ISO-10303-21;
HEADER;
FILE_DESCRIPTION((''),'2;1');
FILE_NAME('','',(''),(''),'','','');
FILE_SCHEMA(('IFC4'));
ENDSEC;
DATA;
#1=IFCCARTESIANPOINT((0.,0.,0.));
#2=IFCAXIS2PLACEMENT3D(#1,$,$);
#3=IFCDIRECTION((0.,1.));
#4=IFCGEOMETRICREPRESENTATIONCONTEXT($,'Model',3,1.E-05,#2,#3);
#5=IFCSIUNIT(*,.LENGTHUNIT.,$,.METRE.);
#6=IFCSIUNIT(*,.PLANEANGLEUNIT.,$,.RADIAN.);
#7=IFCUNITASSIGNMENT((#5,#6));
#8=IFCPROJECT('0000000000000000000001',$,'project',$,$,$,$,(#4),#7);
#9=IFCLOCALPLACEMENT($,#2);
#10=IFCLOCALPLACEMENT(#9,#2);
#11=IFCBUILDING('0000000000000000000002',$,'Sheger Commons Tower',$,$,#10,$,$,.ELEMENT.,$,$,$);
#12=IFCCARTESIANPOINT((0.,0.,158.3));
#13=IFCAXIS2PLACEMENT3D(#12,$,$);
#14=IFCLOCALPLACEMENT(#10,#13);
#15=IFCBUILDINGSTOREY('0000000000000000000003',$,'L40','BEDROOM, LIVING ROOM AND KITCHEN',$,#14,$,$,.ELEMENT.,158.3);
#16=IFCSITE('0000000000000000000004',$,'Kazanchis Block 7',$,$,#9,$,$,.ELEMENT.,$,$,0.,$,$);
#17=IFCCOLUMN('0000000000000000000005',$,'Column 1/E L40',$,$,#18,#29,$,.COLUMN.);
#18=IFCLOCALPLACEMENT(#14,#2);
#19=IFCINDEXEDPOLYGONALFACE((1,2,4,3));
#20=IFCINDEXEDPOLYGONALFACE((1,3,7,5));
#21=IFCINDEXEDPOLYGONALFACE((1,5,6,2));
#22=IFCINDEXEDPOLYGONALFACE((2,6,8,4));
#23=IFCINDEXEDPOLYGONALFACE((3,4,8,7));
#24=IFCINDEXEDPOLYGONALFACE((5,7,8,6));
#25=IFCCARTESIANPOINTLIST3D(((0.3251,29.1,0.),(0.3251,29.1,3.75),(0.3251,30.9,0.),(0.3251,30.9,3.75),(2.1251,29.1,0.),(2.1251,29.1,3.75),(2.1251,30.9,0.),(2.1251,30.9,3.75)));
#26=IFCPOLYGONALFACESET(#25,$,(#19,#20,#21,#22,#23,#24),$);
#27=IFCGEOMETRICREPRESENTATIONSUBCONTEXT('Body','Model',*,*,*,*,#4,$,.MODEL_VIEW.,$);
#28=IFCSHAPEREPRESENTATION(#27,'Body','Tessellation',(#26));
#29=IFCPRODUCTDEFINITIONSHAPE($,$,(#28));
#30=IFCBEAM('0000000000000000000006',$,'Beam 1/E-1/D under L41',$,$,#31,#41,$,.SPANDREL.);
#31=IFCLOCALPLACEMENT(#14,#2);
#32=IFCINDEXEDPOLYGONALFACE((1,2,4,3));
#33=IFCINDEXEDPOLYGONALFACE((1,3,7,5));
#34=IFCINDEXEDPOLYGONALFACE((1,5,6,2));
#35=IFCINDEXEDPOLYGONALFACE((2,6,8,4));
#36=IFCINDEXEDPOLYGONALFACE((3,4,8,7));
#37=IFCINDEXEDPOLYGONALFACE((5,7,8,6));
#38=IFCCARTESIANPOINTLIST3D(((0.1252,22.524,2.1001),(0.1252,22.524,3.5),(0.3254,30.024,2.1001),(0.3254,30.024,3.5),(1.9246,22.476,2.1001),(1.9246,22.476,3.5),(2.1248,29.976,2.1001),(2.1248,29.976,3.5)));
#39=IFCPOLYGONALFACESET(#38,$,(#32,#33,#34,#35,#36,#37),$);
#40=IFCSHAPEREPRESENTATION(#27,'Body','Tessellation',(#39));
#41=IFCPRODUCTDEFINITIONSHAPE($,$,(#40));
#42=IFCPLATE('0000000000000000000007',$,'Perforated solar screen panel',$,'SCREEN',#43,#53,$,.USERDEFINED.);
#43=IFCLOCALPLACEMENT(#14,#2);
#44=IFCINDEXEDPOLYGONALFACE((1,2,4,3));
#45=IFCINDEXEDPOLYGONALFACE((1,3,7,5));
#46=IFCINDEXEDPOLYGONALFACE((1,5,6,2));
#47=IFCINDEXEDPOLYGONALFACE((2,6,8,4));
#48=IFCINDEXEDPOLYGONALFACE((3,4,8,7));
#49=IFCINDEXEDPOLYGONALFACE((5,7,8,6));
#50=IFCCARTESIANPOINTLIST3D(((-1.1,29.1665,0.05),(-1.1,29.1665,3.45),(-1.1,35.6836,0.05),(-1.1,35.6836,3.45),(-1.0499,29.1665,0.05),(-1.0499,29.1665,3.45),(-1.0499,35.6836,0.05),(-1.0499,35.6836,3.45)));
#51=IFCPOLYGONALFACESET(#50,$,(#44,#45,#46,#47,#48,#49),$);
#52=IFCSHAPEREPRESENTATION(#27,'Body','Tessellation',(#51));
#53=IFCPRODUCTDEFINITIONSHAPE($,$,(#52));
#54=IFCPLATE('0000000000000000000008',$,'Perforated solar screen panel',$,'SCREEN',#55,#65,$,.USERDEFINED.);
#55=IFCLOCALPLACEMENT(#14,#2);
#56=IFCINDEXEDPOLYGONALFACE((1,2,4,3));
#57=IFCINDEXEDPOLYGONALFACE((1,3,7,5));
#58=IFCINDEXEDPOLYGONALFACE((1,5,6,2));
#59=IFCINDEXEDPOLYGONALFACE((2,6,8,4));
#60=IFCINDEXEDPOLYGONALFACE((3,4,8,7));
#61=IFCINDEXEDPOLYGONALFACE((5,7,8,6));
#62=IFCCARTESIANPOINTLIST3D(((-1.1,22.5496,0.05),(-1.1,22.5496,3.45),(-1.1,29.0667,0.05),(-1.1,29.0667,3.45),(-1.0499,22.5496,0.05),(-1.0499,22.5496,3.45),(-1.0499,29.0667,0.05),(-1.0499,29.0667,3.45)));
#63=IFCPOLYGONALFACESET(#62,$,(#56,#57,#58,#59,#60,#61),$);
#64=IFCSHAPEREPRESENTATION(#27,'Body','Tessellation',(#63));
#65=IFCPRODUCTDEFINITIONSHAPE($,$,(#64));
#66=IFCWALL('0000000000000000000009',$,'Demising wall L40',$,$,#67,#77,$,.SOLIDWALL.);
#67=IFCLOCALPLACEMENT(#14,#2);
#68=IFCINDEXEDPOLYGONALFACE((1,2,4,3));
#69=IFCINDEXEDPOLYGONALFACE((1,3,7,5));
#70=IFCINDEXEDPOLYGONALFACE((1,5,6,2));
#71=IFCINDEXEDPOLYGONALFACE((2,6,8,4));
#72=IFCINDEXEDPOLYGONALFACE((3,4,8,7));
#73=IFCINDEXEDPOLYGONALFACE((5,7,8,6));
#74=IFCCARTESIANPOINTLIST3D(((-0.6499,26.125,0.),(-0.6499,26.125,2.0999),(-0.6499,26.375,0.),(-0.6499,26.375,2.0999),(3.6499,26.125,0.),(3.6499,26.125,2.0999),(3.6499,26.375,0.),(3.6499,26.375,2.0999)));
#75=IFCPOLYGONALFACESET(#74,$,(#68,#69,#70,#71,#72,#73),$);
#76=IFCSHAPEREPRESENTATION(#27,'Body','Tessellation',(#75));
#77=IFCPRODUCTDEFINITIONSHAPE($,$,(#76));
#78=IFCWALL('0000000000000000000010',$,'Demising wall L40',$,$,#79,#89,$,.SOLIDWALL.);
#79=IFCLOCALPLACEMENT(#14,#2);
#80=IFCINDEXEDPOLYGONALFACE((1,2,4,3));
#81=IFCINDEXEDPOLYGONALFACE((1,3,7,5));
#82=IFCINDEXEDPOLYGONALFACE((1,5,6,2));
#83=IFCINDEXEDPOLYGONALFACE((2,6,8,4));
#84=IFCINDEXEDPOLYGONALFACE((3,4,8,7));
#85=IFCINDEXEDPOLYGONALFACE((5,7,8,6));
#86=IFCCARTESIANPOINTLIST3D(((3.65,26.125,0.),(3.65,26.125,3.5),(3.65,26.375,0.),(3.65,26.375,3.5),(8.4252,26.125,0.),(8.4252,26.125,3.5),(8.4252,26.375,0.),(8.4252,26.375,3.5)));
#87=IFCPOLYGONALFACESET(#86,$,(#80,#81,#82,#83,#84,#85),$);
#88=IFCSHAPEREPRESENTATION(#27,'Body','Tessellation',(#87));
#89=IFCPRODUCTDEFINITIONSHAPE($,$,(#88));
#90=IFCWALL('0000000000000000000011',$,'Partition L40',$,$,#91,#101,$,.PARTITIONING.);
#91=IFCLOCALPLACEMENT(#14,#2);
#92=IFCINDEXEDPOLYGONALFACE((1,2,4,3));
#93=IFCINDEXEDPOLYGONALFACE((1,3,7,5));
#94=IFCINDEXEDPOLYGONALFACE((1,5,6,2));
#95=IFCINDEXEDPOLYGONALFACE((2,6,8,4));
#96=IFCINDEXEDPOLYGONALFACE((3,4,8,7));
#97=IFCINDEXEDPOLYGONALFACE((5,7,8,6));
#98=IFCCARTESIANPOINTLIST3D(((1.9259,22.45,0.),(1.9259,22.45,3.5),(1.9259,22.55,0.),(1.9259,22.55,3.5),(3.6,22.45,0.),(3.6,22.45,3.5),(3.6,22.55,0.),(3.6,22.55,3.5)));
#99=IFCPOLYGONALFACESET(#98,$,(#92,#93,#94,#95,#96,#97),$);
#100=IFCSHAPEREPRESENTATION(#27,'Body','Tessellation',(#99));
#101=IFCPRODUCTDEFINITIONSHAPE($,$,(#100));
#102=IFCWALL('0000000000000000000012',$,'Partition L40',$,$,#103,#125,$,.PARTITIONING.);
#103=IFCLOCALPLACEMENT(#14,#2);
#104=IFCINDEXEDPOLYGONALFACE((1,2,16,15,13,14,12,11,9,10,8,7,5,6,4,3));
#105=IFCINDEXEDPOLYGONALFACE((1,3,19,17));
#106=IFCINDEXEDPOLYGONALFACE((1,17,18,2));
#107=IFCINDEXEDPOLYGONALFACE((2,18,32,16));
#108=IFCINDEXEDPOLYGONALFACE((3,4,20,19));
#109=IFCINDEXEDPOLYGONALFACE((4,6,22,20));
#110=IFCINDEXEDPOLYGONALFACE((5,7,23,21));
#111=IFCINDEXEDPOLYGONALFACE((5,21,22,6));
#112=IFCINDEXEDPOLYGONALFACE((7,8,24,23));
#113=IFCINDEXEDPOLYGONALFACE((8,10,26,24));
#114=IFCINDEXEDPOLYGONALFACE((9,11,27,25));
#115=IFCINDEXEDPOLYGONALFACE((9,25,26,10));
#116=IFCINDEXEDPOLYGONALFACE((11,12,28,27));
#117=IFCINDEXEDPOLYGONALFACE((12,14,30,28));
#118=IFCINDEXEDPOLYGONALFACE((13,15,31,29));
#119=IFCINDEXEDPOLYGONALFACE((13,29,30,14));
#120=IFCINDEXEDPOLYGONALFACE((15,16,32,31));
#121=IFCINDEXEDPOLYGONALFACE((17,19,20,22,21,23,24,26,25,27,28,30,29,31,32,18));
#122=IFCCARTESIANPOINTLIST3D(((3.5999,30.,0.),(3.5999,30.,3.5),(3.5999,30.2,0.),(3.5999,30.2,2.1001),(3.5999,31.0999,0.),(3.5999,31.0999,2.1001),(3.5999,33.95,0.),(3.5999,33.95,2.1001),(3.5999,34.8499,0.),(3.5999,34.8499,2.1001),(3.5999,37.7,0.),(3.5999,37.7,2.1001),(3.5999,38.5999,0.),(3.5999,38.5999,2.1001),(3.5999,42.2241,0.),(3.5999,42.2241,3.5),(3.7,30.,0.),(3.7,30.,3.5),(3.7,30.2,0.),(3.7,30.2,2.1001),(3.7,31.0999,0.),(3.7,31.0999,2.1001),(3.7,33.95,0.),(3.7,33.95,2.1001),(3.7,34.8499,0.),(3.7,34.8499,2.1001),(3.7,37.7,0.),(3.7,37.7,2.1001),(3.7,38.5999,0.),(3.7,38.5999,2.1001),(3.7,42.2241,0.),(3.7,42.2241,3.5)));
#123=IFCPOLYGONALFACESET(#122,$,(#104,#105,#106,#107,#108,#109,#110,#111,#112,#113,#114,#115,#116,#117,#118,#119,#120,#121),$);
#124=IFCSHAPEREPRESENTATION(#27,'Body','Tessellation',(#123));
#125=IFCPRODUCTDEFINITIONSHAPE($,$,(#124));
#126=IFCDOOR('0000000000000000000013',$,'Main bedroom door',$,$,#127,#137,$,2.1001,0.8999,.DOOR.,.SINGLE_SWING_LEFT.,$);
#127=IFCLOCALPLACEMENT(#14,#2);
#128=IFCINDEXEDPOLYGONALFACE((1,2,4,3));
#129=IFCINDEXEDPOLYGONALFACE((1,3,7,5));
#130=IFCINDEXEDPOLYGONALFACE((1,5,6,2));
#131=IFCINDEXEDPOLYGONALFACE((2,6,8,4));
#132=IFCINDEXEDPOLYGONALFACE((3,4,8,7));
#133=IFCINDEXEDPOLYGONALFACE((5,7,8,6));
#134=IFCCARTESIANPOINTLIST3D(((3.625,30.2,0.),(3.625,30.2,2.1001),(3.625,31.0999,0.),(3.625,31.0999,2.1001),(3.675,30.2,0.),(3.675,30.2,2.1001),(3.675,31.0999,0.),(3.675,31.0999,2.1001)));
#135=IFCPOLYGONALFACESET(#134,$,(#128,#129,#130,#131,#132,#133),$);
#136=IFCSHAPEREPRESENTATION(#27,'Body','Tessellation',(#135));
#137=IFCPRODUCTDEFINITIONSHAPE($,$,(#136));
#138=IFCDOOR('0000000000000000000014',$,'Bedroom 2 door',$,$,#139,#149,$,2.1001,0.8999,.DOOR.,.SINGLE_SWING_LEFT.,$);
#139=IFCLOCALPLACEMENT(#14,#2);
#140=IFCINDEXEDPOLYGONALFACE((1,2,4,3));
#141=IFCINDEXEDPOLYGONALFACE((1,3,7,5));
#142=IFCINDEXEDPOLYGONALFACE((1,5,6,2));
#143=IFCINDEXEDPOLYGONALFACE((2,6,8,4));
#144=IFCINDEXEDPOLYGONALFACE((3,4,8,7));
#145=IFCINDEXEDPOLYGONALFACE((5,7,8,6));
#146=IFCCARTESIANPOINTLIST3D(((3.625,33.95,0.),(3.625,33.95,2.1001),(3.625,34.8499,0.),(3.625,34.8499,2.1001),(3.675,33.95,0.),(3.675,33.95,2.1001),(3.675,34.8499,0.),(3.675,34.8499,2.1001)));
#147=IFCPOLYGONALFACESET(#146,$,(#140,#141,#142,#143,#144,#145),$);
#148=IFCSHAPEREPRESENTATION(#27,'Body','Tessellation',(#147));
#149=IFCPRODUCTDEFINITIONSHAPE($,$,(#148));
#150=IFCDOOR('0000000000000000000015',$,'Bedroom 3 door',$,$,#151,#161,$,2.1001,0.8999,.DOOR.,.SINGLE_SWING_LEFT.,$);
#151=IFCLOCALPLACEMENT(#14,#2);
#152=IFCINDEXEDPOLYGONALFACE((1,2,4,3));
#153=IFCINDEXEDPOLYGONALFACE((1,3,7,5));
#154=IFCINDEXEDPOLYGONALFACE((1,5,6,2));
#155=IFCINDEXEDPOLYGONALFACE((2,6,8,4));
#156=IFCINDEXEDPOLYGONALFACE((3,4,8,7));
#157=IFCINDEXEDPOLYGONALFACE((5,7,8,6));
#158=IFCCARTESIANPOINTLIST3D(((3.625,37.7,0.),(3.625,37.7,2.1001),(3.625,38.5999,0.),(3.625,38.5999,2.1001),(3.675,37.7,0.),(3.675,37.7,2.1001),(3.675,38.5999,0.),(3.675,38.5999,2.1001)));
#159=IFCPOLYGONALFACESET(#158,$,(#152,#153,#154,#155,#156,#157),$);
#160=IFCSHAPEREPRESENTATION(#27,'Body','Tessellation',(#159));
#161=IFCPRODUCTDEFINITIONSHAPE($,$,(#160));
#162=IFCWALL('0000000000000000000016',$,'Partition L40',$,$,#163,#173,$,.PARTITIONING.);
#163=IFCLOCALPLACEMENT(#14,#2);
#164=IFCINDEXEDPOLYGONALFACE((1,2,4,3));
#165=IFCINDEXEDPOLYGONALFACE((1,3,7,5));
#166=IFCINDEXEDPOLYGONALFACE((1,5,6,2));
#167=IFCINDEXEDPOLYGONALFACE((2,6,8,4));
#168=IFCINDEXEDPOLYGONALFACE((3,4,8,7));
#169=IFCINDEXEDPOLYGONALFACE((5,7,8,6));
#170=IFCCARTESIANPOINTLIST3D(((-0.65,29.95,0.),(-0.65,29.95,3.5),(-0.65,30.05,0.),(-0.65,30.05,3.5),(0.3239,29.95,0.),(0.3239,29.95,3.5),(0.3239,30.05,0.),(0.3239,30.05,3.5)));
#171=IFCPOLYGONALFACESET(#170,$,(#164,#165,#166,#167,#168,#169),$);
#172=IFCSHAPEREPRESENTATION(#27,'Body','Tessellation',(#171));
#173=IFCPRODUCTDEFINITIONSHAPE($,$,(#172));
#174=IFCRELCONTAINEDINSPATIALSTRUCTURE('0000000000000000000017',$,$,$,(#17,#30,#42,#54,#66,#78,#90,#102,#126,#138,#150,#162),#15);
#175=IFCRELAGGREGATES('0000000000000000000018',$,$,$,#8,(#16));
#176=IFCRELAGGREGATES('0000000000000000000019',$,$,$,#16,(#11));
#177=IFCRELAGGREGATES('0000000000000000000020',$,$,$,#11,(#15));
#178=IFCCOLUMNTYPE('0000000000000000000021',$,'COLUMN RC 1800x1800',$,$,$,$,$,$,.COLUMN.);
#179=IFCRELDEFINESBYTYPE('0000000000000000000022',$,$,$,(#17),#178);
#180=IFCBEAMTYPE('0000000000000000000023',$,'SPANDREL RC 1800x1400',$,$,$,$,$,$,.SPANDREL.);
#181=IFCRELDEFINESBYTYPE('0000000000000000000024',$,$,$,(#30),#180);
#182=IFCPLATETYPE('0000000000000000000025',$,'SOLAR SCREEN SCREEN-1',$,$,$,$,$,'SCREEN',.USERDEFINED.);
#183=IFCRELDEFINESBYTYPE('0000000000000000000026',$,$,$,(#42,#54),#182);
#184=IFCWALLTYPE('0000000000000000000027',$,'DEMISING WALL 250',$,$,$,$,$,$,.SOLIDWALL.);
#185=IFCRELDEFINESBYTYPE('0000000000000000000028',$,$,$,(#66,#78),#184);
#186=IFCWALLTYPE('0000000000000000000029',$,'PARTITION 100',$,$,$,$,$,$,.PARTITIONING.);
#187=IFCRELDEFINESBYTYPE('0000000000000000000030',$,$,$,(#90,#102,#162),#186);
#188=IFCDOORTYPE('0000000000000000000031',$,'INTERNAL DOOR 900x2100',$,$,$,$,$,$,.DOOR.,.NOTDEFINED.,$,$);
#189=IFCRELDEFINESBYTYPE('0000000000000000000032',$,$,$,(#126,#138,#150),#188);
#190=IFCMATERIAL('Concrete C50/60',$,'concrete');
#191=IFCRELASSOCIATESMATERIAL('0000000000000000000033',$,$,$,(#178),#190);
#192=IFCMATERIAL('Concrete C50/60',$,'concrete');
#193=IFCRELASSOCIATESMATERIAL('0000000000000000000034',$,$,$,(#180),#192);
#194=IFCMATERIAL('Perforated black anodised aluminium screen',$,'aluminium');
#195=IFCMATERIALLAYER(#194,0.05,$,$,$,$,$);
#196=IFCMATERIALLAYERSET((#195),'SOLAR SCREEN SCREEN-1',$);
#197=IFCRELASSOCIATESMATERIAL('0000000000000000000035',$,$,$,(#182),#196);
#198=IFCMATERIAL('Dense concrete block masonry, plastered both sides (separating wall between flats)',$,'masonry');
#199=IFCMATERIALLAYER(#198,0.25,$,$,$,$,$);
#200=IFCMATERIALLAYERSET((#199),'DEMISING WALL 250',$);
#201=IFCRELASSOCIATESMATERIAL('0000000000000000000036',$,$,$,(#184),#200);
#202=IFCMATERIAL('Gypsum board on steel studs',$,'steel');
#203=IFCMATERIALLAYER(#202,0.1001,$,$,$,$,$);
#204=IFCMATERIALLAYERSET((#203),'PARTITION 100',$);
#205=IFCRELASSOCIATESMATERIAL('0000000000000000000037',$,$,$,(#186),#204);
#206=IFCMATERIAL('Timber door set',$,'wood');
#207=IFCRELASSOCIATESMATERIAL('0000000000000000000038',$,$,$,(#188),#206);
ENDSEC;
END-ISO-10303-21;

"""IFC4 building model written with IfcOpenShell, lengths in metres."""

from ifc_helpers import new_model, si_unit, direction, frame, frame_2d, origin, origin_2d, place, context, subcontext, project, spatial, rectangle, extrude, material, layer, layer_set, material_profile, profile_set, type_object, element, fill, save


model = new_model("IFC4")

# Units and contexts
model_context = context("Model", 3, precision=1e-05, world=origin(), true_north=direction((0.0, 1.0)))
body_context = subcontext(model_context, "Body", "Model", "MODEL_VIEW")
ifc_project = project(units=[si_unit("LENGTHUNIT", "METRE"), si_unit("PLANEANGLEUNIT", "RADIAN")], contexts=[model_context])

# Site, building, storey
site_placement = place(None, origin())
site = spatial("IfcSite", under=ifc_project, at=site_placement, Name="Kazanchis Block 7", CompositionType="ELEMENT", RefElevation=0.0)
building_placement = place(site_placement, origin())
building = spatial("IfcBuilding", under=site, at=building_placement, Name="Sheger Commons Tower", CompositionType="ELEMENT")
storey_placement = place(building_placement, frame((0.0, 0.0, 158.3)))
storey = spatial("IfcBuildingStorey", under=building, at=storey_placement, Name="L40", Description="BEDROOM, LIVING ROOM AND KITCHEN", CompositionType="ELEMENT", Elevation=158.3)

# Column
ifc_material_1 = material(Name="Concrete C50/60", Category="concrete")
ifc_material_profile_1 = material_profile(ifc_material_1, rectangle(XDim=1.8, YDim=1.8, at=origin_2d()), Name="RC 1800x1800")
ifc_profile_set_1 = profile_set([ifc_material_profile_1], Name="Concrete C50/60")
column_type = type_object("IfcColumnType", Name="COLUMN RC 1800x1800", PredefinedType="COLUMN", material=ifc_profile_set_1)
column_placement = place(storey_placement, frame((1.2251, 30.0, 0.0), z_axis=(0.0, 0.0, 1.0), x_axis=(1.0, 0.0, 0.0)))
element("IfcColumn", 1, at=column_placement, inside=storey, type_object=column_type, Name="Column 1/E L40", PredefinedType="COLUMN", context=body_context, shape_type="SweptSolid", body=[
    extrude(rectangle(XDim=1.8, YDim=1.8, at=origin_2d()), origin(), (0.0, 0.0, 1.0), 3.75),
])

# Beam
ifc_material_2 = material(Name="Concrete C50/60", Category="concrete")
ifc_material_profile_2 = material_profile(ifc_material_2, rectangle(XDim=1.8, YDim=1.3999, at=origin_2d()), Name="RC 1800x1400")
ifc_profile_set_2 = profile_set([ifc_material_profile_2], Name="Concrete C50/60")
beam_type = type_object("IfcBeamType", Name="SPANDREL RC 1800x1400", PredefinedType="SPANDREL", material=ifc_profile_set_2)
beam_placement = place(storey_placement, frame((1.2251, 30.0, 2.8), z_axis=(-0.026683, -0.999644, 0.0), x_axis=(0.999644, -0.026683, 0.0)))
element("IfcBeam", 2, at=beam_placement, inside=storey, type_object=beam_type, Name="Beam 1/E-1/D under L41", PredefinedType="SPANDREL", context=body_context, shape_type="SweptSolid", body=[
    extrude(rectangle(XDim=1.8, YDim=1.3999, at=origin_2d()), origin(), (0.0, 0.0, 1.0), 7.5027),
])

# Plates
ifc_material_3 = material(Name="Perforated black anodised aluminium screen", Category="aluminium")
ifc_layer_1 = layer(ifc_material_3, 0.05)
ifc_layer_set_1 = layer_set([ifc_layer_1], Name="SOLAR SCREEN SCREEN-1")
plate_type = type_object("IfcPlateType", Name="SOLAR SCREEN SCREEN-1", ElementType="SCREEN", PredefinedType="USERDEFINED", material=ifc_layer_set_1)
for number, where, z_axis, x_axis, name in (
    (3, (-1.075, 32.425, 0.05), (0.0, 0.0, 1.0), (0.0, -1.0, 0.0), "Perforated solar screen panel"),
    (4, (-1.075, 25.8081, 0.05), (0.0, 0.0, 1.0), (0.0, -1.0, 0.0), "Perforated solar screen panel"),
):
    element("IfcPlate", number, at=place(storey_placement, frame(where, z_axis=z_axis, x_axis=x_axis)), inside=storey, type_object=plate_type, Name=name, ObjectType="SCREEN", PredefinedType="USERDEFINED", context=body_context, shape_type="SweptSolid", body=[
        extrude(rectangle(XDim=6.5171, YDim=0.05, at=origin_2d()), origin(), (0.0, 0.0, 1.0), 3.3999),
    ])

# Walls
ifc_material_4 = material(Name="Dense concrete block masonry, plastered both sides (separating wall between flats)", Category="masonry")
ifc_layer_2 = layer(ifc_material_4, 0.25)
ifc_layer_set_2 = layer_set([ifc_layer_2], Name="DEMISING WALL 250")
wall_type_1 = type_object("IfcWallType", Name="DEMISING WALL 250", PredefinedType="SOLIDWALL", material=ifc_layer_set_2)
wall_1_placement = place(storey_placement, frame((-0.6499, 26.25, 0.0), z_axis=(0.0, 0.0, 1.0), x_axis=(1.0, 0.0, 0.0)))
element("IfcWall", 5, at=wall_1_placement, inside=storey, type_object=wall_type_1, Name="Demising wall L40", PredefinedType="SOLIDWALL", context=body_context, shape_type="SweptSolid", body=[
    extrude(rectangle(XDim=4.2998, YDim=0.25, at=frame_2d((2.1499, 0.0))), origin(), (0.0, 0.0, 1.0), 2.0999),
])
wall_2_placement = place(storey_placement, frame((3.6499, 26.25, 0.0), z_axis=(0.0, 0.0, 1.0), x_axis=(1.0, 0.0, 0.0)))
element("IfcWall", 6, at=wall_2_placement, inside=storey, type_object=wall_type_1, Name="Demising wall L40", PredefinedType="SOLIDWALL", context=body_context, shape_type="SweptSolid", body=[
    extrude(rectangle(XDim=4.7751, YDim=0.25, at=frame_2d((2.3877, 0.0))), origin(), (0.0, 0.0, 1.0), 3.5),
])
ifc_material_5 = material(Name="Gypsum board on steel studs", Category="steel")
ifc_layer_3 = layer(ifc_material_5, 0.1001)
ifc_layer_set_3 = layer_set([ifc_layer_3], Name="PARTITION 100")
wall_type_2 = type_object("IfcWallType", Name="PARTITION 100", PredefinedType="PARTITIONING", material=ifc_layer_set_3)
wall_3_placement = place(storey_placement, frame((1.926, 22.5, 0.0), z_axis=(0.0, 0.0, 1.0), x_axis=(1.0, 0.0, 0.0)))
element("IfcWall", 7, at=wall_3_placement, inside=storey, type_object=wall_type_2, Name="Partition L40", PredefinedType="PARTITIONING", context=body_context, shape_type="SweptSolid", body=[
    extrude(rectangle(XDim=1.6741, YDim=0.1001, at=frame_2d((0.8369, 0.0))), origin(), (0.0, 0.0, 1.0), 3.5),
])

# Wall, openings, doors
wall_4_placement = place(storey_placement, frame((3.6499, 30.0, 0.0), z_axis=(0.0, 0.0, 1.0), x_axis=(0.0, 1.0, 0.0)))
wall_4 = element("IfcWall", 8, at=wall_4_placement, inside=storey, type_object=wall_type_2, Name="Partition L40", PredefinedType="PARTITIONING", context=body_context, shape_type="SweptSolid", body=[
    extrude(rectangle(XDim=12.2241, YDim=0.1001, at=frame_2d((6.1121, 0.0))), origin(), (0.0, 0.0, 1.0), 3.5),
])
opening_1_placement = place(wall_4_placement, frame((0.2, 0.0, 0.0)))
opening_1 = element("IfcOpeningElement", 9, at=opening_1_placement, cuts=wall_4, PredefinedType="OPENING", context=body_context, shape_type="SweptSolid", body=[
    extrude(rectangle(XDim=0.8999, YDim=2.1001, at=frame_2d((0.45, 1.05))), frame((0.0, 0.0601, 0.0), z_axis=(0.0, -1.0, 0.0), x_axis=(1.0, 0.0, 0.0)), (0.0, 0.0, 1.0), 0.1201),
])
opening_2_placement = place(wall_4_placement, frame((3.95, 0.0, 0.0)))
opening_2 = element("IfcOpeningElement", 10, at=opening_2_placement, cuts=wall_4, PredefinedType="OPENING", context=body_context, shape_type="SweptSolid", body=[
    extrude(rectangle(XDim=0.8999, YDim=2.1001, at=frame_2d((0.45, 1.05))), frame((0.0, 0.0601, 0.0), z_axis=(0.0, -1.0, 0.0), x_axis=(1.0, 0.0, 0.0)), (0.0, 0.0, 1.0), 0.1201),
])
opening_3_placement = place(wall_4_placement, frame((7.7, 0.0, 0.0)))
opening_3 = element("IfcOpeningElement", 11, at=opening_3_placement, cuts=wall_4, PredefinedType="OPENING", context=body_context, shape_type="SweptSolid", body=[
    extrude(rectangle(XDim=0.8999, YDim=2.1001, at=frame_2d((0.45, 1.05))), frame((0.0, 0.0601, 0.0), z_axis=(0.0, -1.0, 0.0), x_axis=(1.0, 0.0, 0.0)), (0.0, 0.0, 1.0), 0.1201),
])
ifc_material_6 = material(Name="Timber door set", Category="wood")
door_type = type_object("IfcDoorType", Name="INTERNAL DOOR 900x2100", OperationType="NOTDEFINED", PredefinedType="DOOR", material=ifc_material_6)
door_1_placement = place(opening_1_placement, origin())
door_1 = element("IfcDoor", 12, at=door_1_placement, inside=storey, type_object=door_type, Name="Main bedroom door", OperationType="SINGLE_SWING_LEFT", OverallHeight=2.1001, OverallWidth=0.8999, PredefinedType="DOOR", context=body_context, shape_type="SweptSolid", body=[
    extrude(rectangle(XDim=0.8999, YDim=2.1001, at=frame_2d((0.45, 1.05))), frame((0.0, 0.0249, 0.0), z_axis=(0.0, -1.0, 0.0), x_axis=(1.0, 0.0, 0.0)), (0.0, 0.0, 1.0), 0.05),
])
fill(opening_1, door_1)
door_2_placement = place(opening_2_placement, origin())
door_2 = element("IfcDoor", 13, at=door_2_placement, inside=storey, type_object=door_type, Name="Bedroom 2 door", OperationType="SINGLE_SWING_LEFT", OverallHeight=2.1001, OverallWidth=0.8999, PredefinedType="DOOR", context=body_context, shape_type="SweptSolid", body=[
    extrude(rectangle(XDim=0.8999, YDim=2.1001, at=frame_2d((0.45, 1.05))), frame((0.0, 0.0249, 0.0), z_axis=(0.0, -1.0, 0.0), x_axis=(1.0, 0.0, 0.0)), (0.0, 0.0, 1.0), 0.05),
])
fill(opening_2, door_2)
door_3_placement = place(opening_3_placement, origin())
door_3 = element("IfcDoor", 14, at=door_3_placement, inside=storey, type_object=door_type, Name="Bedroom 3 door", OperationType="SINGLE_SWING_LEFT", OverallHeight=2.1001, OverallWidth=0.8999, PredefinedType="DOOR", context=body_context, shape_type="SweptSolid", body=[
    extrude(rectangle(XDim=0.8999, YDim=2.1001, at=frame_2d((0.45, 1.05))), frame((0.0, 0.0249, 0.0), z_axis=(0.0, -1.0, 0.0), x_axis=(1.0, 0.0, 0.0)), (0.0, 0.0, 1.0), 0.05),
])
fill(opening_3, door_3)

# Wall
wall_5_placement = place(storey_placement, frame((-0.6499, 30.0, 0.0), z_axis=(0.0, 0.0, 1.0), x_axis=(1.0, 0.0, 0.0)))
element("IfcWall", 15, at=wall_5_placement, inside=storey, type_object=wall_type_2, Name="Partition L40", PredefinedType="PARTITIONING", context=body_context, shape_type="SweptSolid", body=[
    extrude(rectangle(XDim=0.9739, YDim=0.1001, at=frame_2d((0.4868, 0.0))), origin(), (0.0, 0.0, 1.0), 3.5),
])

save(model, "model.ifc")
